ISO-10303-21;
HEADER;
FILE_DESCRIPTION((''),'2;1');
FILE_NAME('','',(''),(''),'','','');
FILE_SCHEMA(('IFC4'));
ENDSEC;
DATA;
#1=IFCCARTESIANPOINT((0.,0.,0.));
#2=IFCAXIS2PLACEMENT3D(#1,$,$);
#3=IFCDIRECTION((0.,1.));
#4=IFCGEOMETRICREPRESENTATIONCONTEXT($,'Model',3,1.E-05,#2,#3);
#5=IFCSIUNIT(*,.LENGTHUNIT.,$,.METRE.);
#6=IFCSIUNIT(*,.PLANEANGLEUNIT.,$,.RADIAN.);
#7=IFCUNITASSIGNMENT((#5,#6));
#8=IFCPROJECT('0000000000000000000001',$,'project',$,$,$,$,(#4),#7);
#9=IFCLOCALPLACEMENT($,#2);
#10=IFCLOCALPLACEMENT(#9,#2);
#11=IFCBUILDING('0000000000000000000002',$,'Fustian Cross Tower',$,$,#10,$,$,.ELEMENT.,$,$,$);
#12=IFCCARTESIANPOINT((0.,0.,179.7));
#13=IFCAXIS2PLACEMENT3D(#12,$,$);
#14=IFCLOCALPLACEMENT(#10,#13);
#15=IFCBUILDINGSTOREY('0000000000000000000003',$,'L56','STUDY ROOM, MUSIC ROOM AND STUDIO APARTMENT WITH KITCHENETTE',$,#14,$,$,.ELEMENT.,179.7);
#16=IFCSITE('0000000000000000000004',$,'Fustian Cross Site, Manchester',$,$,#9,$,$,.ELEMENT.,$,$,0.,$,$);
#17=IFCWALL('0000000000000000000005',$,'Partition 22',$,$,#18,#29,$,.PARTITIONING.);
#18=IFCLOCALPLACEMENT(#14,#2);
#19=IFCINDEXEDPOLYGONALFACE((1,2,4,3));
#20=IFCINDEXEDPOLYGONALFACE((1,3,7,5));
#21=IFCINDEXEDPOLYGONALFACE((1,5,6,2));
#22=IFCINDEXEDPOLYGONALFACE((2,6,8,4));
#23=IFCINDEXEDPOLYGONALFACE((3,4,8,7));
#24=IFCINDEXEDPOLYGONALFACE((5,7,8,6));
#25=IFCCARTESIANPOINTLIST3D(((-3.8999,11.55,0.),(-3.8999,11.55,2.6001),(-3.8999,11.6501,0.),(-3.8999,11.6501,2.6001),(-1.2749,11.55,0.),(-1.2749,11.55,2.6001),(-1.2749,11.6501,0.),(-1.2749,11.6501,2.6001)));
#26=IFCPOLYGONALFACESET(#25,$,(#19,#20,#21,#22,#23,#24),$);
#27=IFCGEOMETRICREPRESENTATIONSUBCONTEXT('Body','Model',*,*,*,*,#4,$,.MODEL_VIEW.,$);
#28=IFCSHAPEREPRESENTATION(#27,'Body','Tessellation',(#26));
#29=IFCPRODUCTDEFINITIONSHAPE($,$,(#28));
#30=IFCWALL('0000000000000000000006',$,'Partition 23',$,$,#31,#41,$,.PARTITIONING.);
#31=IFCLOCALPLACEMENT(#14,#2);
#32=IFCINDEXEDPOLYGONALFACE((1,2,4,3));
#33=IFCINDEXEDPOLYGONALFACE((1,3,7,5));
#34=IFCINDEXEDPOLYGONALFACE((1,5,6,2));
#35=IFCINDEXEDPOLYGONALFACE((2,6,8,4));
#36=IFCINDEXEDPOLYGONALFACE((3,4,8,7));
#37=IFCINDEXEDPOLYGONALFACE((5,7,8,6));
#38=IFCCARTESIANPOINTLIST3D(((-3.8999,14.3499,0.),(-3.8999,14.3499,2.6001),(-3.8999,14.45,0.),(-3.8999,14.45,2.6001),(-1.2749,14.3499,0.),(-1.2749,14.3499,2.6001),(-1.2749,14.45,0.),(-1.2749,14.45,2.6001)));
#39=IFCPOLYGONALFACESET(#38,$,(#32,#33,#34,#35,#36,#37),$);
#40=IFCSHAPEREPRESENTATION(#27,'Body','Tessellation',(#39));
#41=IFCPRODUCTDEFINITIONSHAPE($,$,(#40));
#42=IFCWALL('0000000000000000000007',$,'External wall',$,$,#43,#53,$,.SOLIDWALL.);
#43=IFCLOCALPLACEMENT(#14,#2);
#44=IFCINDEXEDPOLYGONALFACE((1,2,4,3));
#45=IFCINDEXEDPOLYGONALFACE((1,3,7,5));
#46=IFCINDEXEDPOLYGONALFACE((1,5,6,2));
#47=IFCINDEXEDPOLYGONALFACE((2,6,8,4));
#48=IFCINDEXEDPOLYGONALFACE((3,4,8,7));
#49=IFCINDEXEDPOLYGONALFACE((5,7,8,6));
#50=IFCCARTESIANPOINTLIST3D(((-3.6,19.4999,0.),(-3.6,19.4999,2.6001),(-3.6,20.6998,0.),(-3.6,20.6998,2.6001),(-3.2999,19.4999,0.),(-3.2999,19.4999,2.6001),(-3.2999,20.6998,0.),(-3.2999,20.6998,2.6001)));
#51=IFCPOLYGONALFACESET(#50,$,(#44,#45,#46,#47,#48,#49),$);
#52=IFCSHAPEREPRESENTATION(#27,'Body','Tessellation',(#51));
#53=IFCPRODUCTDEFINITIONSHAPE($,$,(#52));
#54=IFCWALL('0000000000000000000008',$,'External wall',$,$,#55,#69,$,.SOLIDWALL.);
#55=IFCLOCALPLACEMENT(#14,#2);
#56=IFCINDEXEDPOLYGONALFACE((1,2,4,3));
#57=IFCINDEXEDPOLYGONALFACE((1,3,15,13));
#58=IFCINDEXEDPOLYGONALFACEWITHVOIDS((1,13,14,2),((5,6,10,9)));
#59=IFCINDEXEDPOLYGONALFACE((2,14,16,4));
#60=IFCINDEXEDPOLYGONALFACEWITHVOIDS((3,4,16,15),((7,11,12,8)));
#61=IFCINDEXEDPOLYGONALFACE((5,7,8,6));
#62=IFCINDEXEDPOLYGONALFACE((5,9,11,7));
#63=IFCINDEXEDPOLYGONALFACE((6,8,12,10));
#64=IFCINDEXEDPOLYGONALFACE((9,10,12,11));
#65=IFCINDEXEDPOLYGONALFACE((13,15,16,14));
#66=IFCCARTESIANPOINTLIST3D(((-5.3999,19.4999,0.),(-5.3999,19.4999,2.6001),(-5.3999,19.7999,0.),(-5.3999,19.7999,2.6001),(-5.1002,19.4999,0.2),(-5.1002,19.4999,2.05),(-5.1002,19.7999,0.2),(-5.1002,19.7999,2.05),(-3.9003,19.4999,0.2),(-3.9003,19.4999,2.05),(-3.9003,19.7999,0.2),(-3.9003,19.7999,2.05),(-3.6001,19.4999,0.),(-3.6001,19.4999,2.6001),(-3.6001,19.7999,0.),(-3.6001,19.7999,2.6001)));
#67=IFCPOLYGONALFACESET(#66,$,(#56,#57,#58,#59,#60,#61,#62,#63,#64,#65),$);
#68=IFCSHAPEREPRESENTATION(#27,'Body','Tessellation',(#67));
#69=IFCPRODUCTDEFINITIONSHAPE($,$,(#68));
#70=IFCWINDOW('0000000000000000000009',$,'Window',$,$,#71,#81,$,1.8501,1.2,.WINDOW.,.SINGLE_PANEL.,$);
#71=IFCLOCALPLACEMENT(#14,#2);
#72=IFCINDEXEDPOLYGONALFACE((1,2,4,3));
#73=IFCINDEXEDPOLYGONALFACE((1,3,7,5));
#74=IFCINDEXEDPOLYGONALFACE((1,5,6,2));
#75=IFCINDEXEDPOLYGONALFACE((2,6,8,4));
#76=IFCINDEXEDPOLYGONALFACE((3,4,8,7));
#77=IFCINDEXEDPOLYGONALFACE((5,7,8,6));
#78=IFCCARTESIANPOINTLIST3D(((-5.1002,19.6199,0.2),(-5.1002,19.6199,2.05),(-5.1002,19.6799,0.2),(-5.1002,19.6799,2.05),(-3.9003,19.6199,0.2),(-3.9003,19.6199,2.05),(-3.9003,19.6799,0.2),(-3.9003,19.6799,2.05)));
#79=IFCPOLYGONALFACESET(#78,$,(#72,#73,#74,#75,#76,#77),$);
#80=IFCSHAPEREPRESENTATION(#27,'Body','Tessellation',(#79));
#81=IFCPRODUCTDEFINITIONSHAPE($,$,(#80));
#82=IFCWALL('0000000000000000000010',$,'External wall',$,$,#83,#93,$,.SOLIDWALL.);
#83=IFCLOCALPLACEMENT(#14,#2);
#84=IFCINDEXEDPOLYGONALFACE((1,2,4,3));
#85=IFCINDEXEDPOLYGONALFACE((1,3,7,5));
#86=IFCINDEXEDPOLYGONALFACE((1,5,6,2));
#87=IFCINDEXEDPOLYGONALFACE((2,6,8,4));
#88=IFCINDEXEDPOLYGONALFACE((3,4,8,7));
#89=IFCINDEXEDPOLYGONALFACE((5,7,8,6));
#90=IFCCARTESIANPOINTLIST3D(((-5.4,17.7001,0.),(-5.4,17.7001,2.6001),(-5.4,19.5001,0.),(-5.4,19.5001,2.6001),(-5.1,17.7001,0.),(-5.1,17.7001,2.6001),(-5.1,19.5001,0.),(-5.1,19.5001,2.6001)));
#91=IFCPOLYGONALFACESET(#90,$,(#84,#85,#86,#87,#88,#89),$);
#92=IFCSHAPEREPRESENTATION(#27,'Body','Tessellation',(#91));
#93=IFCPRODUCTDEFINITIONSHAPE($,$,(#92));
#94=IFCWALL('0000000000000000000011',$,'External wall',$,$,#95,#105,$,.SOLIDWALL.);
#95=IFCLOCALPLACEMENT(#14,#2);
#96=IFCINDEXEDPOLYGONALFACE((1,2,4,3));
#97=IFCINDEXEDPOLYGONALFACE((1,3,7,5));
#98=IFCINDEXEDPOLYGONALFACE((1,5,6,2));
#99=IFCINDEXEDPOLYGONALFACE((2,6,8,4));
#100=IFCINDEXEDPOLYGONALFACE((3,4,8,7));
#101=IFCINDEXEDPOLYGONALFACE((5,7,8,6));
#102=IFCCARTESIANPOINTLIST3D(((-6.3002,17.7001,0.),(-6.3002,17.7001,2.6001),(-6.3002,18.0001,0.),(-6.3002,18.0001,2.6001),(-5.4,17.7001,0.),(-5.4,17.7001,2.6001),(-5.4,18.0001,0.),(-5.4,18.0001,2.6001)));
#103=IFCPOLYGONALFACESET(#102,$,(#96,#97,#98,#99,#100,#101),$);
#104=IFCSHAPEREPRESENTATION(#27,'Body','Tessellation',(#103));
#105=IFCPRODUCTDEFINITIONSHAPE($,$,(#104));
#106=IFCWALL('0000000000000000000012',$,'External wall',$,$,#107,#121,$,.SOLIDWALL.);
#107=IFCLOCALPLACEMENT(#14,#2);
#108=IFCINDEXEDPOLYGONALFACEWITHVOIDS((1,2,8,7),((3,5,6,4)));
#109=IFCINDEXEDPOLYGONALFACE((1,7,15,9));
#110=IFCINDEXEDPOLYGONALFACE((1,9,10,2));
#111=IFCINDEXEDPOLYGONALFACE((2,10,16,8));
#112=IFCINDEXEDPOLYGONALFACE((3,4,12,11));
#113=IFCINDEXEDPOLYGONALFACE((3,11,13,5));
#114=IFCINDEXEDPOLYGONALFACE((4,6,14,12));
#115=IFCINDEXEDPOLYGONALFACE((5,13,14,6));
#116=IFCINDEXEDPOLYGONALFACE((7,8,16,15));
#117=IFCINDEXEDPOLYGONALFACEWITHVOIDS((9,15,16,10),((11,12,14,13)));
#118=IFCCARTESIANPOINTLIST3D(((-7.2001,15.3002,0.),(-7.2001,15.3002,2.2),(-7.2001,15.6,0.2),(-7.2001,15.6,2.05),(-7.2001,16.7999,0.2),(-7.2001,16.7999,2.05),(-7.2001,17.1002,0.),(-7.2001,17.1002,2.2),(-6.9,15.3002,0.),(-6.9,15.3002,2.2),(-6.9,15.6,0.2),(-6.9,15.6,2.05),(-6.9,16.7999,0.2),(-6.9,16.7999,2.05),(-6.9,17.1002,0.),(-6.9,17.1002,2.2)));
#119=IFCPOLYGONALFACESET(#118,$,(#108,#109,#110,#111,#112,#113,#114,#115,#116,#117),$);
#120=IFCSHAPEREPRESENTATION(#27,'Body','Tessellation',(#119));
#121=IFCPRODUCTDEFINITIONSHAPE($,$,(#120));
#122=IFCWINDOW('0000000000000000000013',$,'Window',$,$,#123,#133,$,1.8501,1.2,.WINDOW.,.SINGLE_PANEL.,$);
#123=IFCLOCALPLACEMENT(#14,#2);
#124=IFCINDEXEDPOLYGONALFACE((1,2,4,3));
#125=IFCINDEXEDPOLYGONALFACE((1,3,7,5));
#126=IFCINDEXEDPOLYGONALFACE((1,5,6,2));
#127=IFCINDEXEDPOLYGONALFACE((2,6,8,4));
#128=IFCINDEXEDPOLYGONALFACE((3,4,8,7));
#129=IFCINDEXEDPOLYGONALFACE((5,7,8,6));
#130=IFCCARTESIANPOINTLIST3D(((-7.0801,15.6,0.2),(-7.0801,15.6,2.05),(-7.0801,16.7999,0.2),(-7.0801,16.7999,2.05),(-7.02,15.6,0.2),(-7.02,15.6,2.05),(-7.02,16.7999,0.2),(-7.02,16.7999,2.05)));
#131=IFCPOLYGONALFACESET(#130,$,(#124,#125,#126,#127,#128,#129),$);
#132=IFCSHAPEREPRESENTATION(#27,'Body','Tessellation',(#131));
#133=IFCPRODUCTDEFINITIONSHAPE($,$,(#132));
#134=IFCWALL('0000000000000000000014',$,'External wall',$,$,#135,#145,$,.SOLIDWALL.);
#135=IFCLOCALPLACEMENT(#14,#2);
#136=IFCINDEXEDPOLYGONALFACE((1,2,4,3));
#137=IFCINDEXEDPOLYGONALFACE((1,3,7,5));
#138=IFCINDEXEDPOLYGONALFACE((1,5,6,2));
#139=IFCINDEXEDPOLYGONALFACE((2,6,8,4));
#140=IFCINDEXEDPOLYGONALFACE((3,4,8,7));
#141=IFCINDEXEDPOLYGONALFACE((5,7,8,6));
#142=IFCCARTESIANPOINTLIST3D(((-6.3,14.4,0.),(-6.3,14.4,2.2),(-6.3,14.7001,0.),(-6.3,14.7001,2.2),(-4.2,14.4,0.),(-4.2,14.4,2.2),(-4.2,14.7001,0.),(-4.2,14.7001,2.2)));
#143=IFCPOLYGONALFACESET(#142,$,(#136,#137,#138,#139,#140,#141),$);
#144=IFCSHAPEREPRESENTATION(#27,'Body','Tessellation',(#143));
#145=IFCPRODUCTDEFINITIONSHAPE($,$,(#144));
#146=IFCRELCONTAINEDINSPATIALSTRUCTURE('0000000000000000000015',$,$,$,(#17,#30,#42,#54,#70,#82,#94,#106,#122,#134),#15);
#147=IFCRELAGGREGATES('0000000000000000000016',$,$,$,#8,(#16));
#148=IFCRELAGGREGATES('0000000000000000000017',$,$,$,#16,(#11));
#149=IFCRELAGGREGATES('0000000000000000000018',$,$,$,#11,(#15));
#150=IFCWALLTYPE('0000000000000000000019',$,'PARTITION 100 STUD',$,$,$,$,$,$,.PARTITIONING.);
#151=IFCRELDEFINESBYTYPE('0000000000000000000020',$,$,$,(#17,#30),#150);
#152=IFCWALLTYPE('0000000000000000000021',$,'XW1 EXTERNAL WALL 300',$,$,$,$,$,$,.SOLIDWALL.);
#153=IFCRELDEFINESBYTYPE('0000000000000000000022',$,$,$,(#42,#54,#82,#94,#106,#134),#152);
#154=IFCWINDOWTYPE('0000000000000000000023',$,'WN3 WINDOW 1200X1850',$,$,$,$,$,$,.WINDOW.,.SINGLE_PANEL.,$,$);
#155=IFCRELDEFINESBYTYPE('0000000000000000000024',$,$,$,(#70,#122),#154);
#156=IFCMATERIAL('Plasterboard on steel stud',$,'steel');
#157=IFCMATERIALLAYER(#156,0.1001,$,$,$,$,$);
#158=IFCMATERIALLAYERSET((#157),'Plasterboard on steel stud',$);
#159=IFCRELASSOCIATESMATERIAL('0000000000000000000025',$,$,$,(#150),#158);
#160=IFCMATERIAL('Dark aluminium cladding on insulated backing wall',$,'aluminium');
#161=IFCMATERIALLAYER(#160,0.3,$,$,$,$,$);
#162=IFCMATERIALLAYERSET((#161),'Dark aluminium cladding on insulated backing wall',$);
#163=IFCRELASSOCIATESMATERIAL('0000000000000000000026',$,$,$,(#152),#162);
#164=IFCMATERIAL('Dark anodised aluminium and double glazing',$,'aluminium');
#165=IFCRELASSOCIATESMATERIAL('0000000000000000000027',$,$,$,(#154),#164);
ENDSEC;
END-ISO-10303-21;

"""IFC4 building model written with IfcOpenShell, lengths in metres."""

from ifc_helpers import new_model, si_unit, direction, frame, frame_2d, origin, place, context, subcontext, project, spatial, rectangle, extrude, material, layer, layer_set, type_object, element, fill, save


model = new_model("IFC4")

# Units and contexts
model_context = context("Model", 3, precision=1e-05, world=origin(), true_north=direction((0.0, 1.0)))
body_context = subcontext(model_context, "Body", "Model", "MODEL_VIEW")
ifc_project = project(units=[si_unit("LENGTHUNIT", "METRE"), si_unit("PLANEANGLEUNIT", "RADIAN")], contexts=[model_context])

# Site, building, storey
site_placement = place(None, origin())
site = spatial("IfcSite", under=ifc_project, at=site_placement, Name="Fustian Cross Site, Manchester", CompositionType="ELEMENT", RefElevation=0.0)
building_placement = place(site_placement, origin())
building = spatial("IfcBuilding", under=site, at=building_placement, Name="Fustian Cross Tower", CompositionType="ELEMENT")
storey_placement = place(building_placement, frame((0.0, 0.0, 179.7)))
storey = spatial("IfcBuildingStorey", under=building, at=storey_placement, Name="L56", Description="STUDY ROOM, MUSIC ROOM AND STUDIO APARTMENT WITH KITCHENETTE", CompositionType="ELEMENT", Elevation=179.7)

# Walls
ifc_material_1 = material(Name="Plasterboard on steel stud", Category="steel")
ifc_layer_1 = layer(ifc_material_1, 0.1001)
ifc_layer_set_1 = layer_set([ifc_layer_1], Name="Plasterboard on steel stud")
wall_type_1 = type_object("IfcWallType", Name="PARTITION 100 STUD", PredefinedType="PARTITIONING", material=ifc_layer_set_1)
for number, where, z_axis, x_axis, name in (
    (1, (-3.8999, 11.6001, 0.0), (0.0, 0.0, 1.0), (1.0, 0.0, 0.0), "Partition 22"),
    (2, (-3.8999, 14.3999, 0.0), (0.0, 0.0, 1.0), (1.0, 0.0, 0.0), "Partition 23"),
):
    element("IfcWall", number, at=place(storey_placement, frame(where, z_axis=z_axis, x_axis=x_axis)), inside=storey, type_object=wall_type_1, Name=name, PredefinedType="PARTITIONING", context=body_context, shape_type="SweptSolid", body=[
        extrude(rectangle(XDim=2.625, YDim=0.1001, at=frame_2d((1.3125, 0.0))), origin(), (0.0, 0.0, 1.0), 2.6001),
    ])
ifc_material_2 = material(Name="Dark aluminium cladding on insulated backing wall", Category="aluminium")
ifc_layer_2 = layer(ifc_material_2, 0.3)
ifc_layer_set_2 = layer_set([ifc_layer_2], Name="Dark aluminium cladding on insulated backing wall")
wall_type_2 = type_object("IfcWallType", Name="XW1 EXTERNAL WALL 300", PredefinedType="SOLIDWALL", material=ifc_layer_set_2)
wall_1_placement = place(storey_placement, frame((-3.45, 20.7, 0.0), z_axis=(0.0, 0.0, 1.0), x_axis=(0.0, -1.0, 0.0)))
element("IfcWall", 3, at=wall_1_placement, inside=storey, type_object=wall_type_2, Name="External wall", PredefinedType="SOLIDWALL", context=body_context, shape_type="SweptSolid", body=[
    extrude(rectangle(XDim=1.2, YDim=0.3, at=frame_2d((0.6001, 0.0))), origin(), (0.0, 0.0, 1.0), 2.6001),
])

# Wall, opening, window
wall_2_placement = place(storey_placement, frame((-3.6001, 19.6499, 0.0), z_axis=(0.0, 0.0, 1.0), x_axis=(-1.0, 0.0, 0.0)))
wall_2 = element("IfcWall", 4, at=wall_2_placement, inside=storey, type_object=wall_type_2, Name="External wall", PredefinedType="SOLIDWALL", context=body_context, shape_type="SweptSolid", body=[
    extrude(rectangle(XDim=1.7998, YDim=0.3, at=frame_2d((0.8999, 0.0))), origin(), (0.0, 0.0, 1.0), 2.6001),
])
opening_1_placement = place(wall_2_placement, frame((0.3, 0.0, 0.2)))
opening_1 = element("IfcOpeningElement", 5, at=opening_1_placement, cuts=wall_2, PredefinedType="OPENING", context=body_context, shape_type="SweptSolid", body=[
    extrude(rectangle(XDim=1.2, YDim=1.8501, at=frame_2d((0.6001, 0.925))), frame((0.0, 0.1599, 0.0), z_axis=(0.0, -1.0, 0.0), x_axis=(1.0, 0.0, 0.0)), (0.0, 0.0, 1.0), 0.3201),
])
ifc_material_3 = material(Name="Dark anodised aluminium and double glazing", Category="aluminium")
window_type_1 = type_object("IfcWindowType", Name="WN3 WINDOW 1200X1850", PartitioningType="SINGLE_PANEL", PredefinedType="WINDOW", material=ifc_material_3)
window_1_placement = place(opening_1_placement, origin())
window_1 = element("IfcWindow", 6, at=window_1_placement, inside=storey, type_object=window_type_1, Name="Window", OverallHeight=1.8501, OverallWidth=1.2, PartitioningType="SINGLE_PANEL", PredefinedType="WINDOW", context=body_context, shape_type="SweptSolid", body=[
    extrude(rectangle(XDim=1.2, YDim=1.8501, at=frame_2d((0.6001, 0.925))), frame((0.0, 0.03, 0.0), z_axis=(0.0, -1.0, 0.0), x_axis=(1.0, 0.0, 0.0)), (0.0, 0.0, 1.0), 0.0601),
])
fill(opening_1, window_1)

# Walls
wall_3_placement = place(storey_placement, frame((-5.25, 19.5, 0.0), z_axis=(0.0, 0.0, 1.0), x_axis=(0.0, -1.0, 0.0)))
element("IfcWall", 7, at=wall_3_placement, inside=storey, type_object=wall_type_2, Name="External wall", PredefinedType="SOLIDWALL", context=body_context, shape_type="SweptSolid", body=[
    extrude(rectangle(XDim=1.8, YDim=0.3, at=frame_2d((0.8999, 0.0))), origin(), (0.0, 0.0, 1.0), 2.6001),
])
wall_4_placement = place(storey_placement, frame((-5.3999, 17.8501, 0.0), z_axis=(0.0, 0.0, 1.0), x_axis=(-1.0, 0.0, 0.0)))
element("IfcWall", 8, at=wall_4_placement, inside=storey, type_object=wall_type_2, Name="External wall", PredefinedType="SOLIDWALL", context=body_context, shape_type="SweptSolid", body=[
    extrude(rectangle(XDim=0.9001, YDim=0.3, at=frame_2d((0.4502, 0.0))), origin(), (0.0, 0.0, 1.0), 2.6001),
])

# Wall, opening, window
wall_5_placement = place(storey_placement, frame((-7.05, 17.1001, 0.0), z_axis=(0.0, 0.0, 1.0), x_axis=(0.0, -1.0, 0.0)))
wall_5 = element("IfcWall", 9, at=wall_5_placement, inside=storey, type_object=wall_type_2, Name="External wall", PredefinedType="SOLIDWALL", context=body_context, shape_type="SweptSolid", body=[
    extrude(rectangle(XDim=1.8, YDim=0.3, at=frame_2d((0.8999, 0.0))), origin(), (0.0, 0.0, 1.0), 2.2),
])
opening_2_placement = place(wall_5_placement, frame((0.3, 0.0, 0.2)))
opening_2 = element("IfcOpeningElement", 10, at=opening_2_placement, cuts=wall_5, PredefinedType="OPENING", context=body_context, shape_type="SweptSolid", body=[
    extrude(rectangle(XDim=1.2, YDim=1.8501, at=frame_2d((0.6001, 0.925))), frame((0.0, 0.1599, 0.0), z_axis=(0.0, -1.0, 0.0), x_axis=(1.0, 0.0, 0.0)), (0.0, 0.0, 1.0), 0.3201),
])
window_2_placement = place(opening_2_placement, origin())
window_2 = element("IfcWindow", 11, at=window_2_placement, inside=storey, type_object=window_type_1, Name="Window", OverallHeight=1.8501, OverallWidth=1.2, PartitioningType="SINGLE_PANEL", PredefinedType="WINDOW", context=body_context, shape_type="SweptSolid", body=[
    extrude(rectangle(XDim=1.2, YDim=1.8501, at=frame_2d((0.6001, 0.925))), frame((0.0, 0.03, 0.0), z_axis=(0.0, -1.0, 0.0), x_axis=(1.0, 0.0, 0.0)), (0.0, 0.0, 1.0), 0.0601),
])
fill(opening_2, window_2)

# Wall
wall_6_placement = place(storey_placement, frame((-6.3, 14.55, 0.0), z_axis=(0.0, 0.0, 1.0), x_axis=(1.0, 0.0, 0.0)))
element("IfcWall", 12, at=wall_6_placement, inside=storey, type_object=wall_type_2, Name="External wall", PredefinedType="SOLIDWALL", context=body_context, shape_type="SweptSolid", body=[
    extrude(rectangle(XDim=2.1001, YDim=0.3, at=frame_2d((1.05, 0.0))), origin(), (0.0, 0.0, 1.0), 2.2),
])

save(model, "model.ifc")
